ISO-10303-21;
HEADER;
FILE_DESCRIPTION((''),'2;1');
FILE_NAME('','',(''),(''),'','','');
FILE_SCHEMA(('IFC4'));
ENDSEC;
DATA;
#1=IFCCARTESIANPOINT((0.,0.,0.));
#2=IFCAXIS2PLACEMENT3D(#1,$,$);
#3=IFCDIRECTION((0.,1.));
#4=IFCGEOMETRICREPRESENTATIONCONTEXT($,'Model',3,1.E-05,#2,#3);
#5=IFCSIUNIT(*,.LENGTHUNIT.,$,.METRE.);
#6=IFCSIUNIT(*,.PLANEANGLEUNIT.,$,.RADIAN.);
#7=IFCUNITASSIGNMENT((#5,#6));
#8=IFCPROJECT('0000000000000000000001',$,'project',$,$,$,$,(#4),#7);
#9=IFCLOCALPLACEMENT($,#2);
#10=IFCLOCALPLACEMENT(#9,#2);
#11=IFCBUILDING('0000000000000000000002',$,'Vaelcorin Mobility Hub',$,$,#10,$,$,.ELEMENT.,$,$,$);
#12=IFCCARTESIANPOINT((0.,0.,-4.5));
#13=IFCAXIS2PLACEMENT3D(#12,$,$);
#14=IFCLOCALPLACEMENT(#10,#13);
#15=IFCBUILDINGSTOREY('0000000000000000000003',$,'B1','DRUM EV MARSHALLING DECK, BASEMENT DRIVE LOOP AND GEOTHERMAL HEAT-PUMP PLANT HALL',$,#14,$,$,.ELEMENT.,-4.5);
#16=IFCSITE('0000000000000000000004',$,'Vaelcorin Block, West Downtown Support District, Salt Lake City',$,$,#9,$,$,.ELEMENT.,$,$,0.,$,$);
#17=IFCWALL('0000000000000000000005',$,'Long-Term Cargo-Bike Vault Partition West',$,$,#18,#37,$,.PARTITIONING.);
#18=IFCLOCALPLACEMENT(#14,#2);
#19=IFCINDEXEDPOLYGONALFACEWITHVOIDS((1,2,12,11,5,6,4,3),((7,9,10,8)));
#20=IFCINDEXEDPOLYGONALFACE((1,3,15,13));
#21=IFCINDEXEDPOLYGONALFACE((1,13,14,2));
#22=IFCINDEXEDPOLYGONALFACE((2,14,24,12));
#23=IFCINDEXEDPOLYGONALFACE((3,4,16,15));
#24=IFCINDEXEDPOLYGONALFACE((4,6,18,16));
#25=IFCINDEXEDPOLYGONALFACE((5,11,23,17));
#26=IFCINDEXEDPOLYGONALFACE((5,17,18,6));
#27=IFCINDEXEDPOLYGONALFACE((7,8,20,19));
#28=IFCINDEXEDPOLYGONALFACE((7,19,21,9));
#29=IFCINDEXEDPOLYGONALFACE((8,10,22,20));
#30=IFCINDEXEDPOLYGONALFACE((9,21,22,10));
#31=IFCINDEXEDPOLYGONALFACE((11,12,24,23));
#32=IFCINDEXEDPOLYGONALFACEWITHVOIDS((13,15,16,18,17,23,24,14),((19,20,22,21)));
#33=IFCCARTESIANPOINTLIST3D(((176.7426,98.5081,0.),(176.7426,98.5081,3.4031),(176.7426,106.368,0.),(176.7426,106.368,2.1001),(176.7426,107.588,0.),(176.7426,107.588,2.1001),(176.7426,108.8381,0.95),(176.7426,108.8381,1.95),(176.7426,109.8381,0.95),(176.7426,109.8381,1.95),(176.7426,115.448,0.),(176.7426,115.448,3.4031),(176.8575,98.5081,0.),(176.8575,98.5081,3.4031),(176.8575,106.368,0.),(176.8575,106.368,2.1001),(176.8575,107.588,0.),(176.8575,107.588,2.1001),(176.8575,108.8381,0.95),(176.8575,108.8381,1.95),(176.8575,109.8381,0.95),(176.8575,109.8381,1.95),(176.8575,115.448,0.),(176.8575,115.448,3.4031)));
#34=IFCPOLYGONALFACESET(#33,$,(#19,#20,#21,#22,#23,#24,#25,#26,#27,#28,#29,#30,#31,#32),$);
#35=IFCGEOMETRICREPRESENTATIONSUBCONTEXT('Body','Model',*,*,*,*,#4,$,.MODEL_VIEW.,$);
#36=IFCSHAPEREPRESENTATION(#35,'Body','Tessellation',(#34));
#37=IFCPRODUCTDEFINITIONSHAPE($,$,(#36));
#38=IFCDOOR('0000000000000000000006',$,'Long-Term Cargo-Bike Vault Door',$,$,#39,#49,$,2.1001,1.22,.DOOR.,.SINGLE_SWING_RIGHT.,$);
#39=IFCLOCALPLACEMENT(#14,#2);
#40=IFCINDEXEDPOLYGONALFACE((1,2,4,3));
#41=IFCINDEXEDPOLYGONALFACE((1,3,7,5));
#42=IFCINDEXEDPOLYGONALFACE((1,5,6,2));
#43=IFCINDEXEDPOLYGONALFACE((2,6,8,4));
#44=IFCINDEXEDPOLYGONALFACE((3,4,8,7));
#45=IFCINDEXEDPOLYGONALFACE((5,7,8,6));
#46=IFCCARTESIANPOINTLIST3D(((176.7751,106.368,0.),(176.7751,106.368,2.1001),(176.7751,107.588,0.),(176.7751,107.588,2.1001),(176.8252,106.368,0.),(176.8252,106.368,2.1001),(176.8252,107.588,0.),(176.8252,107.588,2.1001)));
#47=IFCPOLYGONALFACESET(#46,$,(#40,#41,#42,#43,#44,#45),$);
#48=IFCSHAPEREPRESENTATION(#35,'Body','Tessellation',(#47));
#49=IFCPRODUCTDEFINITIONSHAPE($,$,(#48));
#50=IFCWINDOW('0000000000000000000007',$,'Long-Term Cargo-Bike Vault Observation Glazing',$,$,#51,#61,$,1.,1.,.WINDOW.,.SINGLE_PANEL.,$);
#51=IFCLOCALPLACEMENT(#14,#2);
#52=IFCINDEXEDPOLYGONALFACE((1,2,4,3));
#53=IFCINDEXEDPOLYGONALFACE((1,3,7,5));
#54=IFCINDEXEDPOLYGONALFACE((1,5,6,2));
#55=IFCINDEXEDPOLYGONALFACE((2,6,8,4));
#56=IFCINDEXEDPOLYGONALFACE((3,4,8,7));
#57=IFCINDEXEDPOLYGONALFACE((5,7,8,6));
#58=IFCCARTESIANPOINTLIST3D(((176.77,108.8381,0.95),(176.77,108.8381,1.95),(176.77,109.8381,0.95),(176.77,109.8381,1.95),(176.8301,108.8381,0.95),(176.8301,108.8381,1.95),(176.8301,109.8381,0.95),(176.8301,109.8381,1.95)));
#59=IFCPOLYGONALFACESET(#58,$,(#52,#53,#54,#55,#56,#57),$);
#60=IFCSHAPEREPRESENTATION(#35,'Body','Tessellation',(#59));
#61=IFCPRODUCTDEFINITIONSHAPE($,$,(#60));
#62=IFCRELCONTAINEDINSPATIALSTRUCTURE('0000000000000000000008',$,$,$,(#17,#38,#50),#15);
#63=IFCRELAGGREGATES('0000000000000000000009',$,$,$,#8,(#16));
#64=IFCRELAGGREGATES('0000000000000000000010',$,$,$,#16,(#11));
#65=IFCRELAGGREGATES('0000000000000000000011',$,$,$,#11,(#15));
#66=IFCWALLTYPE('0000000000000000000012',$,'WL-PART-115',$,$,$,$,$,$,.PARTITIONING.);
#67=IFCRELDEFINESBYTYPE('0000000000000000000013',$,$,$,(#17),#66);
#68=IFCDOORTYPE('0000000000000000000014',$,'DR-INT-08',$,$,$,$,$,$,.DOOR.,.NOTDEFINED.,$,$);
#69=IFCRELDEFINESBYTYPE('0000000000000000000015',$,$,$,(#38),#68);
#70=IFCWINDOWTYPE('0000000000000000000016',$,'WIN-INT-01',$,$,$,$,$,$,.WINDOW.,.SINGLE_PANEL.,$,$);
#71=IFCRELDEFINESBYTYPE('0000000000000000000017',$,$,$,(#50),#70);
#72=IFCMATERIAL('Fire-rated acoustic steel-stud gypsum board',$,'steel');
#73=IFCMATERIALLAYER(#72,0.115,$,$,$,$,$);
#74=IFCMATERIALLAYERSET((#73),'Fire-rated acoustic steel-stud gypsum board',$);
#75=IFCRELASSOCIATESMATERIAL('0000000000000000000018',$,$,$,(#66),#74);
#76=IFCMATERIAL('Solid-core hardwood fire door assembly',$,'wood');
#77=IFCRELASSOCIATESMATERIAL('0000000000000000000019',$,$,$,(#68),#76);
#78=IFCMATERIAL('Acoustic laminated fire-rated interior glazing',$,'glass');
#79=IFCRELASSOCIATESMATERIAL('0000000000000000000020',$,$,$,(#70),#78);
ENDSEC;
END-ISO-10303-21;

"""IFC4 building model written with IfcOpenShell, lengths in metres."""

from ifc_helpers import new_model, si_unit, direction, frame, frame_2d, origin, place, context, subcontext, project, spatial, rectangle, extrude, material, layer, layer_set, type_object, element, fill, save


model = new_model("IFC4")

# Units and contexts
model_context = context("Model", 3, precision=1e-05, world=origin(), true_north=direction((0.0, 1.0)))
body_context = subcontext(model_context, "Body", "Model", "MODEL_VIEW")
ifc_project = project(units=[si_unit("LENGTHUNIT", "METRE"), si_unit("PLANEANGLEUNIT", "RADIAN")], contexts=[model_context])

# Site, building, storey
site_placement = place(None, origin())
site = spatial("IfcSite", under=ifc_project, at=site_placement, Name="Vaelcorin Block, West Downtown Support District, Salt Lake City", CompositionType="ELEMENT", RefElevation=0.0)
building_placement = place(site_placement, origin())
building = spatial("IfcBuilding", under=site, at=building_placement, Name="Vaelcorin Mobility Hub", CompositionType="ELEMENT")
storey_placement = place(building_placement, frame((0.0, 0.0, -4.5)))
storey = spatial("IfcBuildingStorey", under=building, at=storey_placement, Name="B1", Description="DRUM EV MARSHALLING DECK, BASEMENT DRIVE LOOP AND GEOTHERMAL HEAT-PUMP PLANT HALL", CompositionType="ELEMENT", Elevation=-4.5)

# Wall, openings, door, window
ifc_material_1 = material(Name="Fire-rated acoustic steel-stud gypsum board", Category="steel")
ifc_layer = layer(ifc_material_1, 0.115)
ifc_layer_set = layer_set([ifc_layer], Name="Fire-rated acoustic steel-stud gypsum board")
wall_type = type_object("IfcWallType", Name="WL-PART-115", PredefinedType="PARTITIONING", material=ifc_layer_set)
wall_placement = place(storey_placement, frame((176.8, 98.5081, 0.0), z_axis=(0.0, 0.0, 1.0), x_axis=(0.0, 1.0, 0.0)))
wall = element("IfcWall", 1, at=wall_placement, inside=storey, type_object=wall_type, Name="Long-Term Cargo-Bike Vault Partition West", PredefinedType="PARTITIONING", context=body_context, shape_type="SweptSolid", body=[
    extrude(rectangle(XDim=16.9399, YDim=0.115, at=frame_2d((8.47, 0.0))), origin(), (0.0, 0.0, 1.0), 3.4031),
])
opening_1_placement = place(wall_placement, frame((7.8601, 0.0, 0.0)))
opening_1 = element("IfcOpeningElement", 2, at=opening_1_placement, cuts=wall, PredefinedType="OPENING", context=body_context, shape_type="SweptSolid", body=[
    extrude(rectangle(XDim=1.22, YDim=2.1001, at=frame_2d((0.6099, 1.05))), frame((0.0, 0.0674, 0.0), z_axis=(0.0, -1.0, 0.0), x_axis=(1.0, 0.0, 0.0)), (0.0, 0.0, 1.0), 0.135),
])
opening_2_placement = place(wall_placement, frame((10.3301, 0.0, 0.95)))
opening_2 = element("IfcOpeningElement", 3, at=opening_2_placement, cuts=wall, PredefinedType="OPENING", context=body_context, shape_type="SweptSolid", body=[
    extrude(rectangle(XDim=1.0, YDim=1.0, at=frame_2d((0.5, 0.5))), frame((0.0, 0.0674, 0.0), z_axis=(0.0, -1.0, 0.0), x_axis=(1.0, 0.0, 0.0)), (0.0, 0.0, 1.0), 0.135),
])
ifc_material_2 = material(Name="Solid-core hardwood fire door assembly", Category="wood")
door_type = type_object("IfcDoorType", Name="DR-INT-08", OperationType="NOTDEFINED", PredefinedType="DOOR", material=ifc_material_2)
door_placement = place(opening_1_placement, origin())
door = element("IfcDoor", 4, at=door_placement, inside=storey, type_object=door_type, Name="Long-Term Cargo-Bike Vault Door", OperationType="SINGLE_SWING_RIGHT", OverallHeight=2.1001, OverallWidth=1.22, PredefinedType="DOOR", context=body_context, shape_type="SweptSolid", body=[
    extrude(rectangle(XDim=1.22, YDim=2.1001, at=frame_2d((0.6099, 1.05))), frame((0.0, 0.0249, 0.0), z_axis=(0.0, -1.0, 0.0), x_axis=(1.0, 0.0, 0.0)), (0.0, 0.0, 1.0), 0.05),
])
fill(opening_1, door)
ifc_material_3 = material(Name="Acoustic laminated fire-rated interior glazing", Category="glass")
window_type = type_object("IfcWindowType", Name="WIN-INT-01", PartitioningType="SINGLE_PANEL", PredefinedType="WINDOW", material=ifc_material_3)
window_placement = place(opening_2_placement, origin())
window = element("IfcWindow", 5, at=window_placement, inside=storey, type_object=window_type, Name="Long-Term Cargo-Bike Vault Observation Glazing", OverallHeight=1.0, OverallWidth=1.0, PartitioningType="SINGLE_PANEL", PredefinedType="WINDOW", context=body_context, shape_type="SweptSolid", body=[
    extrude(rectangle(XDim=1.0, YDim=1.0, at=frame_2d((0.5, 0.5))), frame((0.0, 0.03, 0.0), z_axis=(0.0, -1.0, 0.0), x_axis=(1.0, 0.0, 0.0)), (0.0, 0.0, 1.0), 0.0601),
])
fill(opening_2, window)

save(model, "model.ifc")
